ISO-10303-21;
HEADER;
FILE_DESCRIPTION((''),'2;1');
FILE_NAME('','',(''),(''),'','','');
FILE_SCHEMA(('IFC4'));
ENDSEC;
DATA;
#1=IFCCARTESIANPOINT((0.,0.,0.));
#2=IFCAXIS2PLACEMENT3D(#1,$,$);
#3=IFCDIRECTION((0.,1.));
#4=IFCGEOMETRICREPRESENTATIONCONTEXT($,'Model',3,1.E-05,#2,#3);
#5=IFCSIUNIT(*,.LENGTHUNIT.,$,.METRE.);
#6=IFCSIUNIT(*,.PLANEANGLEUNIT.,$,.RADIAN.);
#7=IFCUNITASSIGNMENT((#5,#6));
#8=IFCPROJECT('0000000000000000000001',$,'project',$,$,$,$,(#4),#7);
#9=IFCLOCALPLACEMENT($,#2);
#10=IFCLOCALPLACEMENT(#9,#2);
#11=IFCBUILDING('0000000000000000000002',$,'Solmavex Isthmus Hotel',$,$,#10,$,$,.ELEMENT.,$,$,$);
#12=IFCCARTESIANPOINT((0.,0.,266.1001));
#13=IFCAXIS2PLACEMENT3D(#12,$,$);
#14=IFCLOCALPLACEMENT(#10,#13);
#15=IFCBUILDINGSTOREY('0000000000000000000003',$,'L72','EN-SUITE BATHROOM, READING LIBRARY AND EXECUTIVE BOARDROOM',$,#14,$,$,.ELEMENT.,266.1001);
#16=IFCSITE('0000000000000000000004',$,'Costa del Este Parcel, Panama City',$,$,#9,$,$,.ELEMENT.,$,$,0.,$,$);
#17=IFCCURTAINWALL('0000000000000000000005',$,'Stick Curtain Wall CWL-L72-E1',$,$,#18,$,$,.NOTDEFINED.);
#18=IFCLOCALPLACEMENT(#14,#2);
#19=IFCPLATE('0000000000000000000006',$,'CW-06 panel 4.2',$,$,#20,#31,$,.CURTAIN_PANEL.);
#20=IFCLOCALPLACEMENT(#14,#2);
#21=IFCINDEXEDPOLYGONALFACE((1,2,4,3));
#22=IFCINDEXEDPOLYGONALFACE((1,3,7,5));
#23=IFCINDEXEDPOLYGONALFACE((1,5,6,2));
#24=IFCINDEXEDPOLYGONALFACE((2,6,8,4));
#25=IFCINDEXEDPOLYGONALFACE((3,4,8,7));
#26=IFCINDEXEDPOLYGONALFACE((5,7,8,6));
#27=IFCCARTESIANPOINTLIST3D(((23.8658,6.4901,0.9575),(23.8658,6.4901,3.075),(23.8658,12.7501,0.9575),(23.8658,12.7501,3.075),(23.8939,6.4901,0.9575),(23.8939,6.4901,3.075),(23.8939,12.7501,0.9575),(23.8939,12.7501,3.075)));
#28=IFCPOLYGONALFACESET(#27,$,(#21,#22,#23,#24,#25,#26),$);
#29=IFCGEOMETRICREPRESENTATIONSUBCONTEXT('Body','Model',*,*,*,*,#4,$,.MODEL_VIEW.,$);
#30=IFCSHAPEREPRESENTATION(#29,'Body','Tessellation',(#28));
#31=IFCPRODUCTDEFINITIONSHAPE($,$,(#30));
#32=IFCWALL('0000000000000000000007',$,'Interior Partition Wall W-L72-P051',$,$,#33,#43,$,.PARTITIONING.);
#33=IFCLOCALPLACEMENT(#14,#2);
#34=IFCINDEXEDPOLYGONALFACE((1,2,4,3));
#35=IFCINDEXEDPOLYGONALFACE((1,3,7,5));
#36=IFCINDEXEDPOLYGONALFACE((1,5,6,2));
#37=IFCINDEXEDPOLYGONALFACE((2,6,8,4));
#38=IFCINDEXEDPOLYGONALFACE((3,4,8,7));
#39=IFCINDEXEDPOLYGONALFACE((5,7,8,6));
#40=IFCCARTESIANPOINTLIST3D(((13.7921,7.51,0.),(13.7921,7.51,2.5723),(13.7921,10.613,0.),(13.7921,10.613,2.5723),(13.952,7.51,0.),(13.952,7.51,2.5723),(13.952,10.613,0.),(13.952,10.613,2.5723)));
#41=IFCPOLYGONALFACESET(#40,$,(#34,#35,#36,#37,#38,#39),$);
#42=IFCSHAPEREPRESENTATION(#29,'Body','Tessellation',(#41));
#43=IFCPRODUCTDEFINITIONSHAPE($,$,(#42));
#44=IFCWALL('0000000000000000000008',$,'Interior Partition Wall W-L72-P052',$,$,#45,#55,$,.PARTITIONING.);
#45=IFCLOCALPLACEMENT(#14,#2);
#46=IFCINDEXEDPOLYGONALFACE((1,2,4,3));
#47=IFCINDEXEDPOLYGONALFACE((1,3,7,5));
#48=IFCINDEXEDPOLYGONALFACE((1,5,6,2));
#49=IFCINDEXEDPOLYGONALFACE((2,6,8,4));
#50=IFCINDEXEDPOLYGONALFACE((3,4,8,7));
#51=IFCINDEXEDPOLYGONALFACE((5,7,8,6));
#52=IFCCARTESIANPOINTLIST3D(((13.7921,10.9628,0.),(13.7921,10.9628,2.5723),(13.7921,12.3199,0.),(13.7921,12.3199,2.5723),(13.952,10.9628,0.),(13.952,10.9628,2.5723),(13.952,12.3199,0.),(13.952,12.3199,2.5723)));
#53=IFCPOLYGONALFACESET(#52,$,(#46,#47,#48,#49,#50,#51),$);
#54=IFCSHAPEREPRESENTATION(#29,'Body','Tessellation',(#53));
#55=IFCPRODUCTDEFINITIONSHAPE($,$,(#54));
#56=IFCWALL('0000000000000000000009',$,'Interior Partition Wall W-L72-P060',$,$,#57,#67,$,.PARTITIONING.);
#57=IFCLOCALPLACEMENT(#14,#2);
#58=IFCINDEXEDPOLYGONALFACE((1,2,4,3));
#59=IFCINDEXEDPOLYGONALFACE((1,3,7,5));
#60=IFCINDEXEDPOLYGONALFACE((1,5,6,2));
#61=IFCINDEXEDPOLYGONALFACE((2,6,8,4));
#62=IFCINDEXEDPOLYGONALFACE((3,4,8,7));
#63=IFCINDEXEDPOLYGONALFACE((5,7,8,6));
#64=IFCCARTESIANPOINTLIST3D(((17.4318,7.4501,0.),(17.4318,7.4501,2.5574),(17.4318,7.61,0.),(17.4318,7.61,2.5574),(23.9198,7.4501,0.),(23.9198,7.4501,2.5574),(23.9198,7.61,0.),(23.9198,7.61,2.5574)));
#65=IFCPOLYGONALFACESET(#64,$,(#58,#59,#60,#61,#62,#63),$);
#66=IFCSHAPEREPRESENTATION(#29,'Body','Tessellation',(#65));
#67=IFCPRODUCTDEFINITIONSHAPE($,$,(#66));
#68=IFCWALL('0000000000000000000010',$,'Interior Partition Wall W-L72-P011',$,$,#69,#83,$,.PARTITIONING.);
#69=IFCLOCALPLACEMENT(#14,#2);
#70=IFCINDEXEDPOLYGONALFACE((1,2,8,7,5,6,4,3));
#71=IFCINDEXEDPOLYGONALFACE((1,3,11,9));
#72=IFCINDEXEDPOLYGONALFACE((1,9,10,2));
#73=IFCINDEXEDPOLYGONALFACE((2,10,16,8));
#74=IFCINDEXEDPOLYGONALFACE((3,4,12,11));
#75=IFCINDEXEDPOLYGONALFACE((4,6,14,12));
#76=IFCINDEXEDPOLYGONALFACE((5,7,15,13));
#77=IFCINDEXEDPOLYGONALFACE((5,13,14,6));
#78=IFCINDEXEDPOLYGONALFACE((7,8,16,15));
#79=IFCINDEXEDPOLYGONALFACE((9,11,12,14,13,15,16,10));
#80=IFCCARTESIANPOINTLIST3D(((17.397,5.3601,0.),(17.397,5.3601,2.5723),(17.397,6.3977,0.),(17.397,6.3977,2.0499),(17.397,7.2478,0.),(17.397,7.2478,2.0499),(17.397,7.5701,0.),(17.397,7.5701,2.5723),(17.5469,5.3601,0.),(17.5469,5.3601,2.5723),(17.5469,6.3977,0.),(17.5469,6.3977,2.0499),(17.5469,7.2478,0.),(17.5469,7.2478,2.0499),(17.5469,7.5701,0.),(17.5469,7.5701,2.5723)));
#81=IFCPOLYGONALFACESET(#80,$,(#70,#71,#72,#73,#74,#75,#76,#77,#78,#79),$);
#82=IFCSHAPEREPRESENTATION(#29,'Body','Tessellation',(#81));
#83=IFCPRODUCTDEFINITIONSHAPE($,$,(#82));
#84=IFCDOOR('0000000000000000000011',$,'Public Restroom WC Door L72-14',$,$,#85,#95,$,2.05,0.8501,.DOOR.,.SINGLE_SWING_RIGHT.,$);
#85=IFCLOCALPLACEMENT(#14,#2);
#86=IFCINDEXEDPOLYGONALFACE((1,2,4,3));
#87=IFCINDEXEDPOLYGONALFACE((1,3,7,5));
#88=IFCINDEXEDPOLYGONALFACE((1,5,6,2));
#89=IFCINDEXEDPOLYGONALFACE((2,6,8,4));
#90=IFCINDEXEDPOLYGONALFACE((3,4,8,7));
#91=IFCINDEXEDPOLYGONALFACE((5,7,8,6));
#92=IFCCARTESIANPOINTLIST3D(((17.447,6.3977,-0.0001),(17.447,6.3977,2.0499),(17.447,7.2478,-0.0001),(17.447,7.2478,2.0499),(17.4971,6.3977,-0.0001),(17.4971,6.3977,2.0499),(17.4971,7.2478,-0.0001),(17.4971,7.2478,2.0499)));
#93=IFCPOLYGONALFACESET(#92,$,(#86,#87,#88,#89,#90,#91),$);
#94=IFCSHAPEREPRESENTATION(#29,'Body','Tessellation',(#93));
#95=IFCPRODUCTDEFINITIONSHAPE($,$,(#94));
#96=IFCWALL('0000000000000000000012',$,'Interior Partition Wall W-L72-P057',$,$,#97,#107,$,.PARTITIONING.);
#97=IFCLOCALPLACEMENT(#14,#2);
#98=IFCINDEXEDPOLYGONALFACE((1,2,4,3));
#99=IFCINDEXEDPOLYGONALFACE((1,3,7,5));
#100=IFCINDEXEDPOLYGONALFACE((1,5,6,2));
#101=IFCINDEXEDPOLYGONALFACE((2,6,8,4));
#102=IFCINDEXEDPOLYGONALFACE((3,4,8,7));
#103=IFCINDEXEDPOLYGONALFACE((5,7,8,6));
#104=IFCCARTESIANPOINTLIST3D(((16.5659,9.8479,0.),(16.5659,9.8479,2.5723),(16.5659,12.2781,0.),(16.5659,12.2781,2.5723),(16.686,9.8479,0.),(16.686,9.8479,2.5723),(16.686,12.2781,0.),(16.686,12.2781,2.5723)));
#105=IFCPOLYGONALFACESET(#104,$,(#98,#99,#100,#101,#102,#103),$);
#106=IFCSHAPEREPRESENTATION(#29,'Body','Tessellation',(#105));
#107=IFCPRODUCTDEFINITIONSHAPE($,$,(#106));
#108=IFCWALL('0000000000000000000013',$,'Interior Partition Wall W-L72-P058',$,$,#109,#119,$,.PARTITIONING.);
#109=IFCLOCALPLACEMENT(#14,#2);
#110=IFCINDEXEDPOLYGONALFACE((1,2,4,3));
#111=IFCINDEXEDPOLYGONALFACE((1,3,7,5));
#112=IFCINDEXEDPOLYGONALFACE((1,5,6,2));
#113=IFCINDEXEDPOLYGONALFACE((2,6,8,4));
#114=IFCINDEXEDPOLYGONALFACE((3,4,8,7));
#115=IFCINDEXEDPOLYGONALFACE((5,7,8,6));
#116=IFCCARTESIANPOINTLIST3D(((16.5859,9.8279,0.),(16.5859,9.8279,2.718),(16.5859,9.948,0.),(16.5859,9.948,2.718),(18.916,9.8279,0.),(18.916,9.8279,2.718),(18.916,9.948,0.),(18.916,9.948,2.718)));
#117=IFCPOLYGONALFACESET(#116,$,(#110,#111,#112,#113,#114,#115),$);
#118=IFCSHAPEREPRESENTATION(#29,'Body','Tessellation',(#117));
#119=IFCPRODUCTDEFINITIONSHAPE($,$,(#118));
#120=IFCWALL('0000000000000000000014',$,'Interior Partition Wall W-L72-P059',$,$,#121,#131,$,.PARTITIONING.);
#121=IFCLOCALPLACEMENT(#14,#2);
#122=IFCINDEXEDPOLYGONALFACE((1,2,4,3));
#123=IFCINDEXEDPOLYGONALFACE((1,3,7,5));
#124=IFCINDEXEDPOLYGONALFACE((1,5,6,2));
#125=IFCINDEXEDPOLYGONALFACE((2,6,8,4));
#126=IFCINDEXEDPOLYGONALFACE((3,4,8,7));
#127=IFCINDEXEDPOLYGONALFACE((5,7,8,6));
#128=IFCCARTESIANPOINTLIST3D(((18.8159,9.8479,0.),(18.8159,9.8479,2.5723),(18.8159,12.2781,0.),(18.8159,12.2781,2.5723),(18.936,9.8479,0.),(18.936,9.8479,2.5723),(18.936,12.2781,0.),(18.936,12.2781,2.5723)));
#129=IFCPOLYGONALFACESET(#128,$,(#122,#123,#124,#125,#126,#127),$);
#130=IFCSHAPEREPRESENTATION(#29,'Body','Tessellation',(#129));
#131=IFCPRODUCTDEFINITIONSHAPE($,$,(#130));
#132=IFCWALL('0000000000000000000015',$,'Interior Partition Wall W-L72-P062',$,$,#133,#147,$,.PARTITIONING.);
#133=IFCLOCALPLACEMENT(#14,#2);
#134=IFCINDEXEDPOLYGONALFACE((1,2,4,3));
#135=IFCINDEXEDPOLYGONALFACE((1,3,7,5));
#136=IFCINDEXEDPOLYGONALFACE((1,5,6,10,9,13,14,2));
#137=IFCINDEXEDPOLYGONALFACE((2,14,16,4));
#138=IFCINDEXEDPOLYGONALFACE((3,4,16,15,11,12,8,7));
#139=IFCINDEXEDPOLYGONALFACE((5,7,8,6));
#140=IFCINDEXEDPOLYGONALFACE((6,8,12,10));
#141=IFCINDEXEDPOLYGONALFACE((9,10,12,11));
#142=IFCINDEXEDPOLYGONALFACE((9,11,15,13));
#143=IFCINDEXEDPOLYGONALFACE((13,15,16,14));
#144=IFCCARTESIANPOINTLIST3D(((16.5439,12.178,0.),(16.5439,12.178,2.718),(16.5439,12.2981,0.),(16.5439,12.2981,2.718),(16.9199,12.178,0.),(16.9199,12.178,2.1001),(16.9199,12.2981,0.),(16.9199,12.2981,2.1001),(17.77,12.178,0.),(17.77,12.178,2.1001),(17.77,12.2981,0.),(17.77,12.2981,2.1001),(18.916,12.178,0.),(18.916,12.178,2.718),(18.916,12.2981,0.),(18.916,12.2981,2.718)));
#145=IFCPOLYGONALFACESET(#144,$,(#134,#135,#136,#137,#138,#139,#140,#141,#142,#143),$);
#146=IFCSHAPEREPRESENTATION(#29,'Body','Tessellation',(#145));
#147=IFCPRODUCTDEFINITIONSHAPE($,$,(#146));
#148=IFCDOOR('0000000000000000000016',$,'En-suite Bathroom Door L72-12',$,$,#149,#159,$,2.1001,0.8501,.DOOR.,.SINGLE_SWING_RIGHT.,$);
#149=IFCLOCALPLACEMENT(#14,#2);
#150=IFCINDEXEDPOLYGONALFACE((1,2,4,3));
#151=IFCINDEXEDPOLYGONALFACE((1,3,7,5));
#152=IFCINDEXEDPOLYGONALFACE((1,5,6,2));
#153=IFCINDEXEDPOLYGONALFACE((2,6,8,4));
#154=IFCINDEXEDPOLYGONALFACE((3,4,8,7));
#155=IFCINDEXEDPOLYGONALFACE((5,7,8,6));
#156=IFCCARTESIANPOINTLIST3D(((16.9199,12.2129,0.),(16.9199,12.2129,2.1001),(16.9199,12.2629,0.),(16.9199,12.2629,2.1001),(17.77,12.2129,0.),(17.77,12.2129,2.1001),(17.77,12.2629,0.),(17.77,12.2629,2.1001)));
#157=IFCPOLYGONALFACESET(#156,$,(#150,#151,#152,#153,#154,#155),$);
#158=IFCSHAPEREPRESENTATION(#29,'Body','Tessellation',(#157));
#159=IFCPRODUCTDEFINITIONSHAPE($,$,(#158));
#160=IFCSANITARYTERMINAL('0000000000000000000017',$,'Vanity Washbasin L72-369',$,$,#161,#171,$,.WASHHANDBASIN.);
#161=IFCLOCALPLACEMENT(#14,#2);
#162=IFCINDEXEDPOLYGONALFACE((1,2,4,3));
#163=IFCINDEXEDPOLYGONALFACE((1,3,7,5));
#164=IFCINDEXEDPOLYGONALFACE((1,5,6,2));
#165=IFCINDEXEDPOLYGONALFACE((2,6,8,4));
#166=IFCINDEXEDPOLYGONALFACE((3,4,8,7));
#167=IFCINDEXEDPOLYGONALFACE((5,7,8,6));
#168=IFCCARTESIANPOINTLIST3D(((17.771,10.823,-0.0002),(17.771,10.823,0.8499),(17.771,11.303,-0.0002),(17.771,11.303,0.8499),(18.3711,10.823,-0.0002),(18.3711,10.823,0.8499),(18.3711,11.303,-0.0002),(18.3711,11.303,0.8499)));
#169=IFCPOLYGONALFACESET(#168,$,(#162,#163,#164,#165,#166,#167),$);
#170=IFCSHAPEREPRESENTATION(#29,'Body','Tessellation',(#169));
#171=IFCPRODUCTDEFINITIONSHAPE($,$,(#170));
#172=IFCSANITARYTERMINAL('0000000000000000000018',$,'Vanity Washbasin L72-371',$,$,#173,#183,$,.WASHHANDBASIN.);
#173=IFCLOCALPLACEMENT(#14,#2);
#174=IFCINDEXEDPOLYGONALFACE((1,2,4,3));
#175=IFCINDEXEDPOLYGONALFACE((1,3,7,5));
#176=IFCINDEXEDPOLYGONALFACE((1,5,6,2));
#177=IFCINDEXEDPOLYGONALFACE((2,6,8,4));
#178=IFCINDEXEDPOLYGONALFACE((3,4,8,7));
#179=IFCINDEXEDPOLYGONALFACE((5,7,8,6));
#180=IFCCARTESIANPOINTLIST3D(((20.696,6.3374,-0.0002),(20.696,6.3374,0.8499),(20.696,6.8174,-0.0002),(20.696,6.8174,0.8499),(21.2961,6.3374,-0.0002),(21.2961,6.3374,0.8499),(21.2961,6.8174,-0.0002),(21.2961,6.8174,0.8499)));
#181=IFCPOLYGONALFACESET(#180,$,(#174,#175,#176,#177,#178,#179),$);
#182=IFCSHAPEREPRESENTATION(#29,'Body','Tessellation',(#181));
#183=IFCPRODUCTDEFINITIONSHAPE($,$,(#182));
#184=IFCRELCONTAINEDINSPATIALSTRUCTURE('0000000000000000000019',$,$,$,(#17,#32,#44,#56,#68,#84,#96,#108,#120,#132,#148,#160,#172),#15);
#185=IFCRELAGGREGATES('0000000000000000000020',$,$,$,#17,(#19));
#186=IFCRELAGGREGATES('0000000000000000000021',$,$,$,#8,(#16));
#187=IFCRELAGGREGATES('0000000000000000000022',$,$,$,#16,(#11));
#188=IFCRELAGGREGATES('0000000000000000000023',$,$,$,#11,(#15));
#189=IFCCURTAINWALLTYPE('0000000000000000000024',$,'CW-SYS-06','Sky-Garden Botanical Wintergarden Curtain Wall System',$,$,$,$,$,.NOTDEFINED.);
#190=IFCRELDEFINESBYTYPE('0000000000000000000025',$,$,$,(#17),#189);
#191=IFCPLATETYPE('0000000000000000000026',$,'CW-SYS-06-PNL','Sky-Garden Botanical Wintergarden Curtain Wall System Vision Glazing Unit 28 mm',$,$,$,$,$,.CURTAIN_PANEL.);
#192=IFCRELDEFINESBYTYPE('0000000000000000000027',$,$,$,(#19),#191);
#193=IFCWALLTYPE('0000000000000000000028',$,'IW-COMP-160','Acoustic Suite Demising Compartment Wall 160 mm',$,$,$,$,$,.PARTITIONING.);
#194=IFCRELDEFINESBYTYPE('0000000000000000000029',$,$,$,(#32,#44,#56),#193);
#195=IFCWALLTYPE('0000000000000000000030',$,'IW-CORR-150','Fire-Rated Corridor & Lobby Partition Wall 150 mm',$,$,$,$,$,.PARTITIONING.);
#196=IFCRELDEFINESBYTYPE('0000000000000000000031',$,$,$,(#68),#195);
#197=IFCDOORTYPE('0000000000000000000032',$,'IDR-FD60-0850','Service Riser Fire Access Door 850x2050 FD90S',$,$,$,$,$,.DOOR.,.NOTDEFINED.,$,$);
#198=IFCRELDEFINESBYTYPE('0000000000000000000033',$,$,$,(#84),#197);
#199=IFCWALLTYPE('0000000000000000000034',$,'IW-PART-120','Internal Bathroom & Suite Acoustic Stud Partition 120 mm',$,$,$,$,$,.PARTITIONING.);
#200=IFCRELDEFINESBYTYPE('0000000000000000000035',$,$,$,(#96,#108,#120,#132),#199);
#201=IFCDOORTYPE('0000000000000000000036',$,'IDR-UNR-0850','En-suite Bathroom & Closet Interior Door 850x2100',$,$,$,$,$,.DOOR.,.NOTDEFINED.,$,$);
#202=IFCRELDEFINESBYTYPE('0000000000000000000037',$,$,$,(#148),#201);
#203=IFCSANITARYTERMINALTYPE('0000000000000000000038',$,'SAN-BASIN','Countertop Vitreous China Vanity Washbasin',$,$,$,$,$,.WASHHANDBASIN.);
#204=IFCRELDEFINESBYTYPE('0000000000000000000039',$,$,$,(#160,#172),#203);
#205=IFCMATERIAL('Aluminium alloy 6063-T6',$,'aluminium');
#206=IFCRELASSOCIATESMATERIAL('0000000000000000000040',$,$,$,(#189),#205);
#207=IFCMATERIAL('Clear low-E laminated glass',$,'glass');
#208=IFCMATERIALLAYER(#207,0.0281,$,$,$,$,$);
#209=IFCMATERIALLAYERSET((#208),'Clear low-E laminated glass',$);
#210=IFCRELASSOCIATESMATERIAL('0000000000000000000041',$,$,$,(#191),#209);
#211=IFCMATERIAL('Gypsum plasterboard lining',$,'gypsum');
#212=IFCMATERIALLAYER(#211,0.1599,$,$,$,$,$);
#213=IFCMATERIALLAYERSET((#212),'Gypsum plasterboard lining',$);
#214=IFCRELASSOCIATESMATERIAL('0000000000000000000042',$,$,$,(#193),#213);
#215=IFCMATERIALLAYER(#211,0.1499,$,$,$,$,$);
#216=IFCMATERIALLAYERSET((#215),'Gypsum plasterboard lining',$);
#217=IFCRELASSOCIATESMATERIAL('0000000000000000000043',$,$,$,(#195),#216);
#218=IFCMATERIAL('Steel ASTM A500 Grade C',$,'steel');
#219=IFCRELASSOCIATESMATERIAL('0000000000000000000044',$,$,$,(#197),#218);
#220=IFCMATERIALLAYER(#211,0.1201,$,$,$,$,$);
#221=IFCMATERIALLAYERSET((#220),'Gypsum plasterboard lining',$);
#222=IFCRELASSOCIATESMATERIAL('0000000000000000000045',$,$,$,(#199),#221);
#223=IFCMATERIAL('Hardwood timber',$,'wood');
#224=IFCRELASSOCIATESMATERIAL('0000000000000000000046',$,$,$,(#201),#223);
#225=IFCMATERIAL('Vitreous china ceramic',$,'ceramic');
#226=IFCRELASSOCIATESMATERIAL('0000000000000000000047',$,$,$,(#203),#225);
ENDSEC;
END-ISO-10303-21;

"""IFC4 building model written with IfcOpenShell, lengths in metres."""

from ifc_helpers import new_model, si_unit, direction, frame, frame_2d, origin, origin_2d, place, context, subcontext, project, spatial, rectangle, extrude, material, layer, layer_set, type_object, element, fill, aggregate, save


model = new_model("IFC4")

# Units and contexts
model_context = context("Model", 3, precision=1e-05, world=origin(), true_north=direction((0.0, 1.0)))
body_context = subcontext(model_context, "Body", "Model", "MODEL_VIEW")
ifc_project = project(units=[si_unit("LENGTHUNIT", "METRE"), si_unit("PLANEANGLEUNIT", "RADIAN")], contexts=[model_context])

# Site, building, storey
site_placement = place(None, origin())
site = spatial("IfcSite", under=ifc_project, at=site_placement, Name="Costa del Este Parcel, Panama City", CompositionType="ELEMENT", RefElevation=0.0)
building_placement = place(site_placement, origin())
building = spatial("IfcBuilding", under=site, at=building_placement, Name="Solmavex Isthmus Hotel", CompositionType="ELEMENT")
storey_placement = place(building_placement, frame((0.0, 0.0, 266.1001)))
storey = spatial("IfcBuildingStorey", under=building, at=storey_placement, Name="L72", Description="EN-SUITE BATHROOM, READING LIBRARY AND EXECUTIVE BOARDROOM", CompositionType="ELEMENT", Elevation=266.1001)

# Curtain wall, plate
ifc_material_1 = material(Name="Aluminium alloy 6063-T6", Category="aluminium")
curtain_wall_type = type_object("IfcCurtainWallType", Name="CW-SYS-06", Description="Sky-Garden Botanical Wintergarden Curtain Wall System", PredefinedType="NOTDEFINED", material=ifc_material_1)
curtain_wall_placement = place(storey_placement, origin())
curtain_wall = element("IfcCurtainWall", 1, at=curtain_wall_placement, inside=storey, type_object=curtain_wall_type, Name="Stick Curtain Wall CWL-L72-E1", PredefinedType="NOTDEFINED")
ifc_material_2 = material(Name="Clear low-E laminated glass", Category="glass")
ifc_layer_1 = layer(ifc_material_2, 0.0281)
ifc_layer_set_1 = layer_set([ifc_layer_1], Name="Clear low-E laminated glass")
plate_type = type_object("IfcPlateType", Name="CW-SYS-06-PNL", Description="Sky-Garden Botanical Wintergarden Curtain Wall System Vision Glazing Unit 28 mm", PredefinedType="CURTAIN_PANEL", material=ifc_layer_set_1)
plate_1_placement = place(storey_placement, frame((23.8799, 9.6201, 0.9575), z_axis=(0.0, 0.0, 1.0), x_axis=(0.0, 1.0, 0.0)))
plate_1 = element("IfcPlate", 2, at=plate_1_placement, type_object=plate_type, Name="CW-06 panel 4.2", PredefinedType="CURTAIN_PANEL", context=body_context, shape_type="SweptSolid", body=[
    extrude(rectangle(XDim=6.26, YDim=0.0281, at=origin_2d()), origin(), (0.0, 0.0, 1.0), 2.1174),
])
aggregate(curtain_wall, [plate_1])

# Walls
ifc_material_3 = material(Name="Gypsum plasterboard lining", Category="gypsum")
ifc_layer_2 = layer(ifc_material_3, 0.1599)
ifc_layer_set_2 = layer_set([ifc_layer_2], Name="Gypsum plasterboard lining")
wall_type_1 = type_object("IfcWallType", Name="IW-COMP-160", Description="Acoustic Suite Demising Compartment Wall 160 mm", PredefinedType="PARTITIONING", material=ifc_layer_set_2)
wall_1_placement = place(storey_placement, frame((13.8721, 10.613, 0.0), z_axis=(0.0, 0.0, 1.0), x_axis=(0.0, -1.0, 0.0)))
element("IfcWall", 3, at=wall_1_placement, inside=storey, type_object=wall_type_1, Name="Interior Partition Wall W-L72-P051", PredefinedType="PARTITIONING", context=body_context, shape_type="SweptSolid", body=[
    extrude(rectangle(XDim=3.103, YDim=0.1599, at=frame_2d((1.5515, 0.0))), origin(), (0.0, 0.0, 1.0), 2.5723),
])
wall_2_placement = place(storey_placement, frame((13.8721, 12.3201, 0.0), z_axis=(0.0, 0.0, 1.0), x_axis=(0.0, -1.0, 0.0)))
element("IfcWall", 4, at=wall_2_placement, inside=storey, type_object=wall_type_1, Name="Interior Partition Wall W-L72-P052", PredefinedType="PARTITIONING", context=body_context, shape_type="SweptSolid", body=[
    extrude(rectangle(XDim=1.3572, YDim=0.1599, at=frame_2d((0.6787, 0.0))), origin(), (0.0, 0.0, 1.0), 2.5723),
])

# Shared definitions
ifc_material_4 = material(Name="Hardwood timber", Category="wood")

# Wall
wall_3_placement = place(storey_placement, frame((23.9199, 7.53, 0.0), z_axis=(0.0, 0.0, 1.0), x_axis=(-1.0, 0.0, 0.0)))
element("IfcWall", 5, at=wall_3_placement, inside=storey, type_object=wall_type_1, Name="Interior Partition Wall W-L72-P060", PredefinedType="PARTITIONING", context=body_context, shape_type="SweptSolid", body=[
    extrude(rectangle(XDim=6.488, YDim=0.1599, at=frame_2d((3.2441, 0.0))), origin(), (0.0, 0.0, 1.0), 2.5574),
])

# Wall, opening, door
ifc_layer_3 = layer(ifc_material_3, 0.1499)
ifc_layer_set_3 = layer_set([ifc_layer_3], Name="Gypsum plasterboard lining")
wall_type_2 = type_object("IfcWallType", Name="IW-CORR-150", Description="Fire-Rated Corridor & Lobby Partition Wall 150 mm", PredefinedType="PARTITIONING", material=ifc_layer_set_3)
wall_4_placement = place(storey_placement, frame((17.4719, 7.5701, 0.0), z_axis=(0.0, 0.0, 1.0), x_axis=(0.0, -1.0, 0.0)))
wall_4 = element("IfcWall", 6, at=wall_4_placement, inside=storey, type_object=wall_type_2, Name="Interior Partition Wall W-L72-P011", PredefinedType="PARTITIONING", context=body_context, shape_type="SweptSolid", body=[
    extrude(rectangle(XDim=2.21, YDim=0.1499, at=frame_2d((1.105, 0.0))), origin(), (0.0, 0.0, 1.0), 2.5723),
])
opening_1_placement = place(wall_4_placement, frame((0.3223, 0.0, 0.0)))
opening_1 = element("IfcOpeningElement", 7, at=opening_1_placement, cuts=wall_4, PredefinedType="OPENING", context=body_context, shape_type="SweptSolid", body=[
    extrude(rectangle(XDim=0.8501, YDim=2.05, at=frame_2d((0.425, 1.0249))), frame((0.0, 0.085, 0.0), z_axis=(0.0, -1.0, 0.0), x_axis=(1.0, 0.0, 0.0)), (0.0, 0.0, 1.0), 0.1699),
])
ifc_material_5 = material(Name="Steel ASTM A500 Grade C", Category="steel")
door_type_1 = type_object("IfcDoorType", Name="IDR-FD60-0850", Description="Service Riser Fire Access Door 850x2050 FD90S", OperationType="NOTDEFINED", PredefinedType="DOOR", material=ifc_material_5)
door_1_placement = place(opening_1_placement, frame((0.8501, 0.0, 0.0), z_axis=(0.0, 0.0, 1.0), x_axis=(-1.0, 0.0, 0.0)))
door_1 = element("IfcDoor", 8, at=door_1_placement, inside=storey, type_object=door_type_1, Name="Public Restroom WC Door L72-14", OperationType="SINGLE_SWING_RIGHT", OverallHeight=2.05, OverallWidth=0.8501, PredefinedType="DOOR", context=body_context, shape_type="SweptSolid", body=[
    extrude(rectangle(XDim=0.8501, YDim=2.05, at=frame_2d((0.425, 1.0249))), frame((0.0, 0.0249, 0.0), z_axis=(0.0, -1.0, 0.0), x_axis=(1.0, 0.0, 0.0)), (0.0, 0.0, 1.0), 0.05),
])
fill(opening_1, door_1)

# Walls
ifc_layer_4 = layer(ifc_material_3, 0.1201)
ifc_layer_set_4 = layer_set([ifc_layer_4], Name="Gypsum plasterboard lining")
wall_type_3 = type_object("IfcWallType", Name="IW-PART-120", Description="Internal Bathroom & Suite Acoustic Stud Partition 120 mm", PredefinedType="PARTITIONING", material=ifc_layer_set_4)
wall_5_placement = place(storey_placement, frame((16.626, 12.2781, 0.0), z_axis=(0.0, 0.0, 1.0), x_axis=(0.0, -1.0, 0.0)))
element("IfcWall", 9, at=wall_5_placement, inside=storey, type_object=wall_type_3, Name="Interior Partition Wall W-L72-P057", PredefinedType="PARTITIONING", context=body_context, shape_type="SweptSolid", body=[
    extrude(rectangle(XDim=2.4302, YDim=0.1201, at=frame_2d((1.2151, 0.0))), origin(), (0.0, 0.0, 1.0), 2.5723),
])
wall_6_placement = place(storey_placement, frame((16.5859, 9.8879, 0.0), z_axis=(0.0, 0.0, 1.0), x_axis=(1.0, 0.0, 0.0)))
element("IfcWall", 10, at=wall_6_placement, inside=storey, type_object=wall_type_3, Name="Interior Partition Wall W-L72-P058", PredefinedType="PARTITIONING", context=body_context, shape_type="SweptSolid", body=[
    extrude(rectangle(XDim=2.3301, YDim=0.1201, at=frame_2d((1.165, 0.0))), origin(), (0.0, 0.0, 1.0), 2.718),
])
wall_7_placement = place(storey_placement, frame((18.876, 9.8479, 0.0), z_axis=(0.0, 0.0, 1.0), x_axis=(0.0, 1.0, 0.0)))
element("IfcWall", 11, at=wall_7_placement, inside=storey, type_object=wall_type_3, Name="Interior Partition Wall W-L72-P059", PredefinedType="PARTITIONING", context=body_context, shape_type="SweptSolid", body=[
    extrude(rectangle(XDim=2.4302, YDim=0.1201, at=frame_2d((1.2151, 0.0))), origin(), (0.0, 0.0, 1.0), 2.5723),
])

# Wall, opening, door
wall_8_placement = place(storey_placement, frame((18.916, 12.238, 0.0), z_axis=(0.0, 0.0, 1.0), x_axis=(-1.0, 0.0, 0.0)))
wall_8 = element("IfcWall", 12, at=wall_8_placement, inside=storey, type_object=wall_type_3, Name="Interior Partition Wall W-L72-P062", PredefinedType="PARTITIONING", context=body_context, shape_type="SweptSolid", body=[
    extrude(rectangle(XDim=2.3721, YDim=0.1201, at=frame_2d((1.186, 0.0))), origin(), (0.0, 0.0, 1.0), 2.718),
])
opening_2_placement = place(wall_8_placement, frame((1.146, 0.0, 0.0)))
opening_2 = element("IfcOpeningElement", 13, at=opening_2_placement, cuts=wall_8, PredefinedType="OPENING", context=body_context, shape_type="SweptSolid", body=[
    extrude(rectangle(XDim=0.8501, YDim=2.1001, at=frame_2d((0.425, 1.05))), frame((0.0, 0.0701, 0.0), z_axis=(0.0, -1.0, 0.0), x_axis=(1.0, 0.0, 0.0)), (0.0, 0.0, 1.0), 0.1401),
])
door_type_2 = type_object("IfcDoorType", Name="IDR-UNR-0850", Description="En-suite Bathroom & Closet Interior Door 850x2100", OperationType="NOTDEFINED", PredefinedType="DOOR", material=ifc_material_4)
door_2_placement = place(opening_2_placement, frame((0.8501, 0.0, 0.0), z_axis=(0.0, 0.0, 1.0), x_axis=(-1.0, 0.0, 0.0)))
door_2 = element("IfcDoor", 14, at=door_2_placement, inside=storey, type_object=door_type_2, Name="En-suite Bathroom Door L72-12", OperationType="SINGLE_SWING_RIGHT", OverallHeight=2.1001, OverallWidth=0.8501, PredefinedType="DOOR", context=body_context, shape_type="SweptSolid", body=[
    extrude(rectangle(XDim=0.8501, YDim=2.1001, at=frame_2d((0.425, 1.05))), frame((0.0, 0.0249, 0.0), z_axis=(0.0, -1.0, 0.0), x_axis=(1.0, 0.0, 0.0)), (0.0, 0.0, 1.0), 0.05),
])
fill(opening_2, door_2)

# Sanitary terminals
ifc_material_6 = material(Name="Vitreous china ceramic", Category="ceramic")
sanitary_terminal_type_1 = type_object("IfcSanitaryTerminalType", Name="SAN-BASIN", Description="Countertop Vitreous China Vanity Washbasin", PredefinedType="WASHHANDBASIN", material=ifc_material_6)
for number, where, z_axis, x_axis, name in (
    (15, (18.071, 11.063, -0.0002), (0.0, 0.0, 1.0), (1.0, 0.0, 0.0), "Vanity Washbasin L72-369"),
    (16, (20.9961, 6.5774, -0.0002), (0.0, 0.0, 1.0), (1.0, 0.0, 0.0), "Vanity Washbasin L72-371"),
):
    element("IfcSanitaryTerminal", number, at=place(storey_placement, frame(where, z_axis=z_axis, x_axis=x_axis)), inside=storey, type_object=sanitary_terminal_type_1, Name=name, PredefinedType="WASHHANDBASIN", context=body_context, shape_type="SweptSolid", body=[
        extrude(rectangle(XDim=0.6001, YDim=0.48, at=origin_2d()), origin(), (0.0, 0.0, 1.0), 0.8501),
    ])

save(model, "model.ifc")
